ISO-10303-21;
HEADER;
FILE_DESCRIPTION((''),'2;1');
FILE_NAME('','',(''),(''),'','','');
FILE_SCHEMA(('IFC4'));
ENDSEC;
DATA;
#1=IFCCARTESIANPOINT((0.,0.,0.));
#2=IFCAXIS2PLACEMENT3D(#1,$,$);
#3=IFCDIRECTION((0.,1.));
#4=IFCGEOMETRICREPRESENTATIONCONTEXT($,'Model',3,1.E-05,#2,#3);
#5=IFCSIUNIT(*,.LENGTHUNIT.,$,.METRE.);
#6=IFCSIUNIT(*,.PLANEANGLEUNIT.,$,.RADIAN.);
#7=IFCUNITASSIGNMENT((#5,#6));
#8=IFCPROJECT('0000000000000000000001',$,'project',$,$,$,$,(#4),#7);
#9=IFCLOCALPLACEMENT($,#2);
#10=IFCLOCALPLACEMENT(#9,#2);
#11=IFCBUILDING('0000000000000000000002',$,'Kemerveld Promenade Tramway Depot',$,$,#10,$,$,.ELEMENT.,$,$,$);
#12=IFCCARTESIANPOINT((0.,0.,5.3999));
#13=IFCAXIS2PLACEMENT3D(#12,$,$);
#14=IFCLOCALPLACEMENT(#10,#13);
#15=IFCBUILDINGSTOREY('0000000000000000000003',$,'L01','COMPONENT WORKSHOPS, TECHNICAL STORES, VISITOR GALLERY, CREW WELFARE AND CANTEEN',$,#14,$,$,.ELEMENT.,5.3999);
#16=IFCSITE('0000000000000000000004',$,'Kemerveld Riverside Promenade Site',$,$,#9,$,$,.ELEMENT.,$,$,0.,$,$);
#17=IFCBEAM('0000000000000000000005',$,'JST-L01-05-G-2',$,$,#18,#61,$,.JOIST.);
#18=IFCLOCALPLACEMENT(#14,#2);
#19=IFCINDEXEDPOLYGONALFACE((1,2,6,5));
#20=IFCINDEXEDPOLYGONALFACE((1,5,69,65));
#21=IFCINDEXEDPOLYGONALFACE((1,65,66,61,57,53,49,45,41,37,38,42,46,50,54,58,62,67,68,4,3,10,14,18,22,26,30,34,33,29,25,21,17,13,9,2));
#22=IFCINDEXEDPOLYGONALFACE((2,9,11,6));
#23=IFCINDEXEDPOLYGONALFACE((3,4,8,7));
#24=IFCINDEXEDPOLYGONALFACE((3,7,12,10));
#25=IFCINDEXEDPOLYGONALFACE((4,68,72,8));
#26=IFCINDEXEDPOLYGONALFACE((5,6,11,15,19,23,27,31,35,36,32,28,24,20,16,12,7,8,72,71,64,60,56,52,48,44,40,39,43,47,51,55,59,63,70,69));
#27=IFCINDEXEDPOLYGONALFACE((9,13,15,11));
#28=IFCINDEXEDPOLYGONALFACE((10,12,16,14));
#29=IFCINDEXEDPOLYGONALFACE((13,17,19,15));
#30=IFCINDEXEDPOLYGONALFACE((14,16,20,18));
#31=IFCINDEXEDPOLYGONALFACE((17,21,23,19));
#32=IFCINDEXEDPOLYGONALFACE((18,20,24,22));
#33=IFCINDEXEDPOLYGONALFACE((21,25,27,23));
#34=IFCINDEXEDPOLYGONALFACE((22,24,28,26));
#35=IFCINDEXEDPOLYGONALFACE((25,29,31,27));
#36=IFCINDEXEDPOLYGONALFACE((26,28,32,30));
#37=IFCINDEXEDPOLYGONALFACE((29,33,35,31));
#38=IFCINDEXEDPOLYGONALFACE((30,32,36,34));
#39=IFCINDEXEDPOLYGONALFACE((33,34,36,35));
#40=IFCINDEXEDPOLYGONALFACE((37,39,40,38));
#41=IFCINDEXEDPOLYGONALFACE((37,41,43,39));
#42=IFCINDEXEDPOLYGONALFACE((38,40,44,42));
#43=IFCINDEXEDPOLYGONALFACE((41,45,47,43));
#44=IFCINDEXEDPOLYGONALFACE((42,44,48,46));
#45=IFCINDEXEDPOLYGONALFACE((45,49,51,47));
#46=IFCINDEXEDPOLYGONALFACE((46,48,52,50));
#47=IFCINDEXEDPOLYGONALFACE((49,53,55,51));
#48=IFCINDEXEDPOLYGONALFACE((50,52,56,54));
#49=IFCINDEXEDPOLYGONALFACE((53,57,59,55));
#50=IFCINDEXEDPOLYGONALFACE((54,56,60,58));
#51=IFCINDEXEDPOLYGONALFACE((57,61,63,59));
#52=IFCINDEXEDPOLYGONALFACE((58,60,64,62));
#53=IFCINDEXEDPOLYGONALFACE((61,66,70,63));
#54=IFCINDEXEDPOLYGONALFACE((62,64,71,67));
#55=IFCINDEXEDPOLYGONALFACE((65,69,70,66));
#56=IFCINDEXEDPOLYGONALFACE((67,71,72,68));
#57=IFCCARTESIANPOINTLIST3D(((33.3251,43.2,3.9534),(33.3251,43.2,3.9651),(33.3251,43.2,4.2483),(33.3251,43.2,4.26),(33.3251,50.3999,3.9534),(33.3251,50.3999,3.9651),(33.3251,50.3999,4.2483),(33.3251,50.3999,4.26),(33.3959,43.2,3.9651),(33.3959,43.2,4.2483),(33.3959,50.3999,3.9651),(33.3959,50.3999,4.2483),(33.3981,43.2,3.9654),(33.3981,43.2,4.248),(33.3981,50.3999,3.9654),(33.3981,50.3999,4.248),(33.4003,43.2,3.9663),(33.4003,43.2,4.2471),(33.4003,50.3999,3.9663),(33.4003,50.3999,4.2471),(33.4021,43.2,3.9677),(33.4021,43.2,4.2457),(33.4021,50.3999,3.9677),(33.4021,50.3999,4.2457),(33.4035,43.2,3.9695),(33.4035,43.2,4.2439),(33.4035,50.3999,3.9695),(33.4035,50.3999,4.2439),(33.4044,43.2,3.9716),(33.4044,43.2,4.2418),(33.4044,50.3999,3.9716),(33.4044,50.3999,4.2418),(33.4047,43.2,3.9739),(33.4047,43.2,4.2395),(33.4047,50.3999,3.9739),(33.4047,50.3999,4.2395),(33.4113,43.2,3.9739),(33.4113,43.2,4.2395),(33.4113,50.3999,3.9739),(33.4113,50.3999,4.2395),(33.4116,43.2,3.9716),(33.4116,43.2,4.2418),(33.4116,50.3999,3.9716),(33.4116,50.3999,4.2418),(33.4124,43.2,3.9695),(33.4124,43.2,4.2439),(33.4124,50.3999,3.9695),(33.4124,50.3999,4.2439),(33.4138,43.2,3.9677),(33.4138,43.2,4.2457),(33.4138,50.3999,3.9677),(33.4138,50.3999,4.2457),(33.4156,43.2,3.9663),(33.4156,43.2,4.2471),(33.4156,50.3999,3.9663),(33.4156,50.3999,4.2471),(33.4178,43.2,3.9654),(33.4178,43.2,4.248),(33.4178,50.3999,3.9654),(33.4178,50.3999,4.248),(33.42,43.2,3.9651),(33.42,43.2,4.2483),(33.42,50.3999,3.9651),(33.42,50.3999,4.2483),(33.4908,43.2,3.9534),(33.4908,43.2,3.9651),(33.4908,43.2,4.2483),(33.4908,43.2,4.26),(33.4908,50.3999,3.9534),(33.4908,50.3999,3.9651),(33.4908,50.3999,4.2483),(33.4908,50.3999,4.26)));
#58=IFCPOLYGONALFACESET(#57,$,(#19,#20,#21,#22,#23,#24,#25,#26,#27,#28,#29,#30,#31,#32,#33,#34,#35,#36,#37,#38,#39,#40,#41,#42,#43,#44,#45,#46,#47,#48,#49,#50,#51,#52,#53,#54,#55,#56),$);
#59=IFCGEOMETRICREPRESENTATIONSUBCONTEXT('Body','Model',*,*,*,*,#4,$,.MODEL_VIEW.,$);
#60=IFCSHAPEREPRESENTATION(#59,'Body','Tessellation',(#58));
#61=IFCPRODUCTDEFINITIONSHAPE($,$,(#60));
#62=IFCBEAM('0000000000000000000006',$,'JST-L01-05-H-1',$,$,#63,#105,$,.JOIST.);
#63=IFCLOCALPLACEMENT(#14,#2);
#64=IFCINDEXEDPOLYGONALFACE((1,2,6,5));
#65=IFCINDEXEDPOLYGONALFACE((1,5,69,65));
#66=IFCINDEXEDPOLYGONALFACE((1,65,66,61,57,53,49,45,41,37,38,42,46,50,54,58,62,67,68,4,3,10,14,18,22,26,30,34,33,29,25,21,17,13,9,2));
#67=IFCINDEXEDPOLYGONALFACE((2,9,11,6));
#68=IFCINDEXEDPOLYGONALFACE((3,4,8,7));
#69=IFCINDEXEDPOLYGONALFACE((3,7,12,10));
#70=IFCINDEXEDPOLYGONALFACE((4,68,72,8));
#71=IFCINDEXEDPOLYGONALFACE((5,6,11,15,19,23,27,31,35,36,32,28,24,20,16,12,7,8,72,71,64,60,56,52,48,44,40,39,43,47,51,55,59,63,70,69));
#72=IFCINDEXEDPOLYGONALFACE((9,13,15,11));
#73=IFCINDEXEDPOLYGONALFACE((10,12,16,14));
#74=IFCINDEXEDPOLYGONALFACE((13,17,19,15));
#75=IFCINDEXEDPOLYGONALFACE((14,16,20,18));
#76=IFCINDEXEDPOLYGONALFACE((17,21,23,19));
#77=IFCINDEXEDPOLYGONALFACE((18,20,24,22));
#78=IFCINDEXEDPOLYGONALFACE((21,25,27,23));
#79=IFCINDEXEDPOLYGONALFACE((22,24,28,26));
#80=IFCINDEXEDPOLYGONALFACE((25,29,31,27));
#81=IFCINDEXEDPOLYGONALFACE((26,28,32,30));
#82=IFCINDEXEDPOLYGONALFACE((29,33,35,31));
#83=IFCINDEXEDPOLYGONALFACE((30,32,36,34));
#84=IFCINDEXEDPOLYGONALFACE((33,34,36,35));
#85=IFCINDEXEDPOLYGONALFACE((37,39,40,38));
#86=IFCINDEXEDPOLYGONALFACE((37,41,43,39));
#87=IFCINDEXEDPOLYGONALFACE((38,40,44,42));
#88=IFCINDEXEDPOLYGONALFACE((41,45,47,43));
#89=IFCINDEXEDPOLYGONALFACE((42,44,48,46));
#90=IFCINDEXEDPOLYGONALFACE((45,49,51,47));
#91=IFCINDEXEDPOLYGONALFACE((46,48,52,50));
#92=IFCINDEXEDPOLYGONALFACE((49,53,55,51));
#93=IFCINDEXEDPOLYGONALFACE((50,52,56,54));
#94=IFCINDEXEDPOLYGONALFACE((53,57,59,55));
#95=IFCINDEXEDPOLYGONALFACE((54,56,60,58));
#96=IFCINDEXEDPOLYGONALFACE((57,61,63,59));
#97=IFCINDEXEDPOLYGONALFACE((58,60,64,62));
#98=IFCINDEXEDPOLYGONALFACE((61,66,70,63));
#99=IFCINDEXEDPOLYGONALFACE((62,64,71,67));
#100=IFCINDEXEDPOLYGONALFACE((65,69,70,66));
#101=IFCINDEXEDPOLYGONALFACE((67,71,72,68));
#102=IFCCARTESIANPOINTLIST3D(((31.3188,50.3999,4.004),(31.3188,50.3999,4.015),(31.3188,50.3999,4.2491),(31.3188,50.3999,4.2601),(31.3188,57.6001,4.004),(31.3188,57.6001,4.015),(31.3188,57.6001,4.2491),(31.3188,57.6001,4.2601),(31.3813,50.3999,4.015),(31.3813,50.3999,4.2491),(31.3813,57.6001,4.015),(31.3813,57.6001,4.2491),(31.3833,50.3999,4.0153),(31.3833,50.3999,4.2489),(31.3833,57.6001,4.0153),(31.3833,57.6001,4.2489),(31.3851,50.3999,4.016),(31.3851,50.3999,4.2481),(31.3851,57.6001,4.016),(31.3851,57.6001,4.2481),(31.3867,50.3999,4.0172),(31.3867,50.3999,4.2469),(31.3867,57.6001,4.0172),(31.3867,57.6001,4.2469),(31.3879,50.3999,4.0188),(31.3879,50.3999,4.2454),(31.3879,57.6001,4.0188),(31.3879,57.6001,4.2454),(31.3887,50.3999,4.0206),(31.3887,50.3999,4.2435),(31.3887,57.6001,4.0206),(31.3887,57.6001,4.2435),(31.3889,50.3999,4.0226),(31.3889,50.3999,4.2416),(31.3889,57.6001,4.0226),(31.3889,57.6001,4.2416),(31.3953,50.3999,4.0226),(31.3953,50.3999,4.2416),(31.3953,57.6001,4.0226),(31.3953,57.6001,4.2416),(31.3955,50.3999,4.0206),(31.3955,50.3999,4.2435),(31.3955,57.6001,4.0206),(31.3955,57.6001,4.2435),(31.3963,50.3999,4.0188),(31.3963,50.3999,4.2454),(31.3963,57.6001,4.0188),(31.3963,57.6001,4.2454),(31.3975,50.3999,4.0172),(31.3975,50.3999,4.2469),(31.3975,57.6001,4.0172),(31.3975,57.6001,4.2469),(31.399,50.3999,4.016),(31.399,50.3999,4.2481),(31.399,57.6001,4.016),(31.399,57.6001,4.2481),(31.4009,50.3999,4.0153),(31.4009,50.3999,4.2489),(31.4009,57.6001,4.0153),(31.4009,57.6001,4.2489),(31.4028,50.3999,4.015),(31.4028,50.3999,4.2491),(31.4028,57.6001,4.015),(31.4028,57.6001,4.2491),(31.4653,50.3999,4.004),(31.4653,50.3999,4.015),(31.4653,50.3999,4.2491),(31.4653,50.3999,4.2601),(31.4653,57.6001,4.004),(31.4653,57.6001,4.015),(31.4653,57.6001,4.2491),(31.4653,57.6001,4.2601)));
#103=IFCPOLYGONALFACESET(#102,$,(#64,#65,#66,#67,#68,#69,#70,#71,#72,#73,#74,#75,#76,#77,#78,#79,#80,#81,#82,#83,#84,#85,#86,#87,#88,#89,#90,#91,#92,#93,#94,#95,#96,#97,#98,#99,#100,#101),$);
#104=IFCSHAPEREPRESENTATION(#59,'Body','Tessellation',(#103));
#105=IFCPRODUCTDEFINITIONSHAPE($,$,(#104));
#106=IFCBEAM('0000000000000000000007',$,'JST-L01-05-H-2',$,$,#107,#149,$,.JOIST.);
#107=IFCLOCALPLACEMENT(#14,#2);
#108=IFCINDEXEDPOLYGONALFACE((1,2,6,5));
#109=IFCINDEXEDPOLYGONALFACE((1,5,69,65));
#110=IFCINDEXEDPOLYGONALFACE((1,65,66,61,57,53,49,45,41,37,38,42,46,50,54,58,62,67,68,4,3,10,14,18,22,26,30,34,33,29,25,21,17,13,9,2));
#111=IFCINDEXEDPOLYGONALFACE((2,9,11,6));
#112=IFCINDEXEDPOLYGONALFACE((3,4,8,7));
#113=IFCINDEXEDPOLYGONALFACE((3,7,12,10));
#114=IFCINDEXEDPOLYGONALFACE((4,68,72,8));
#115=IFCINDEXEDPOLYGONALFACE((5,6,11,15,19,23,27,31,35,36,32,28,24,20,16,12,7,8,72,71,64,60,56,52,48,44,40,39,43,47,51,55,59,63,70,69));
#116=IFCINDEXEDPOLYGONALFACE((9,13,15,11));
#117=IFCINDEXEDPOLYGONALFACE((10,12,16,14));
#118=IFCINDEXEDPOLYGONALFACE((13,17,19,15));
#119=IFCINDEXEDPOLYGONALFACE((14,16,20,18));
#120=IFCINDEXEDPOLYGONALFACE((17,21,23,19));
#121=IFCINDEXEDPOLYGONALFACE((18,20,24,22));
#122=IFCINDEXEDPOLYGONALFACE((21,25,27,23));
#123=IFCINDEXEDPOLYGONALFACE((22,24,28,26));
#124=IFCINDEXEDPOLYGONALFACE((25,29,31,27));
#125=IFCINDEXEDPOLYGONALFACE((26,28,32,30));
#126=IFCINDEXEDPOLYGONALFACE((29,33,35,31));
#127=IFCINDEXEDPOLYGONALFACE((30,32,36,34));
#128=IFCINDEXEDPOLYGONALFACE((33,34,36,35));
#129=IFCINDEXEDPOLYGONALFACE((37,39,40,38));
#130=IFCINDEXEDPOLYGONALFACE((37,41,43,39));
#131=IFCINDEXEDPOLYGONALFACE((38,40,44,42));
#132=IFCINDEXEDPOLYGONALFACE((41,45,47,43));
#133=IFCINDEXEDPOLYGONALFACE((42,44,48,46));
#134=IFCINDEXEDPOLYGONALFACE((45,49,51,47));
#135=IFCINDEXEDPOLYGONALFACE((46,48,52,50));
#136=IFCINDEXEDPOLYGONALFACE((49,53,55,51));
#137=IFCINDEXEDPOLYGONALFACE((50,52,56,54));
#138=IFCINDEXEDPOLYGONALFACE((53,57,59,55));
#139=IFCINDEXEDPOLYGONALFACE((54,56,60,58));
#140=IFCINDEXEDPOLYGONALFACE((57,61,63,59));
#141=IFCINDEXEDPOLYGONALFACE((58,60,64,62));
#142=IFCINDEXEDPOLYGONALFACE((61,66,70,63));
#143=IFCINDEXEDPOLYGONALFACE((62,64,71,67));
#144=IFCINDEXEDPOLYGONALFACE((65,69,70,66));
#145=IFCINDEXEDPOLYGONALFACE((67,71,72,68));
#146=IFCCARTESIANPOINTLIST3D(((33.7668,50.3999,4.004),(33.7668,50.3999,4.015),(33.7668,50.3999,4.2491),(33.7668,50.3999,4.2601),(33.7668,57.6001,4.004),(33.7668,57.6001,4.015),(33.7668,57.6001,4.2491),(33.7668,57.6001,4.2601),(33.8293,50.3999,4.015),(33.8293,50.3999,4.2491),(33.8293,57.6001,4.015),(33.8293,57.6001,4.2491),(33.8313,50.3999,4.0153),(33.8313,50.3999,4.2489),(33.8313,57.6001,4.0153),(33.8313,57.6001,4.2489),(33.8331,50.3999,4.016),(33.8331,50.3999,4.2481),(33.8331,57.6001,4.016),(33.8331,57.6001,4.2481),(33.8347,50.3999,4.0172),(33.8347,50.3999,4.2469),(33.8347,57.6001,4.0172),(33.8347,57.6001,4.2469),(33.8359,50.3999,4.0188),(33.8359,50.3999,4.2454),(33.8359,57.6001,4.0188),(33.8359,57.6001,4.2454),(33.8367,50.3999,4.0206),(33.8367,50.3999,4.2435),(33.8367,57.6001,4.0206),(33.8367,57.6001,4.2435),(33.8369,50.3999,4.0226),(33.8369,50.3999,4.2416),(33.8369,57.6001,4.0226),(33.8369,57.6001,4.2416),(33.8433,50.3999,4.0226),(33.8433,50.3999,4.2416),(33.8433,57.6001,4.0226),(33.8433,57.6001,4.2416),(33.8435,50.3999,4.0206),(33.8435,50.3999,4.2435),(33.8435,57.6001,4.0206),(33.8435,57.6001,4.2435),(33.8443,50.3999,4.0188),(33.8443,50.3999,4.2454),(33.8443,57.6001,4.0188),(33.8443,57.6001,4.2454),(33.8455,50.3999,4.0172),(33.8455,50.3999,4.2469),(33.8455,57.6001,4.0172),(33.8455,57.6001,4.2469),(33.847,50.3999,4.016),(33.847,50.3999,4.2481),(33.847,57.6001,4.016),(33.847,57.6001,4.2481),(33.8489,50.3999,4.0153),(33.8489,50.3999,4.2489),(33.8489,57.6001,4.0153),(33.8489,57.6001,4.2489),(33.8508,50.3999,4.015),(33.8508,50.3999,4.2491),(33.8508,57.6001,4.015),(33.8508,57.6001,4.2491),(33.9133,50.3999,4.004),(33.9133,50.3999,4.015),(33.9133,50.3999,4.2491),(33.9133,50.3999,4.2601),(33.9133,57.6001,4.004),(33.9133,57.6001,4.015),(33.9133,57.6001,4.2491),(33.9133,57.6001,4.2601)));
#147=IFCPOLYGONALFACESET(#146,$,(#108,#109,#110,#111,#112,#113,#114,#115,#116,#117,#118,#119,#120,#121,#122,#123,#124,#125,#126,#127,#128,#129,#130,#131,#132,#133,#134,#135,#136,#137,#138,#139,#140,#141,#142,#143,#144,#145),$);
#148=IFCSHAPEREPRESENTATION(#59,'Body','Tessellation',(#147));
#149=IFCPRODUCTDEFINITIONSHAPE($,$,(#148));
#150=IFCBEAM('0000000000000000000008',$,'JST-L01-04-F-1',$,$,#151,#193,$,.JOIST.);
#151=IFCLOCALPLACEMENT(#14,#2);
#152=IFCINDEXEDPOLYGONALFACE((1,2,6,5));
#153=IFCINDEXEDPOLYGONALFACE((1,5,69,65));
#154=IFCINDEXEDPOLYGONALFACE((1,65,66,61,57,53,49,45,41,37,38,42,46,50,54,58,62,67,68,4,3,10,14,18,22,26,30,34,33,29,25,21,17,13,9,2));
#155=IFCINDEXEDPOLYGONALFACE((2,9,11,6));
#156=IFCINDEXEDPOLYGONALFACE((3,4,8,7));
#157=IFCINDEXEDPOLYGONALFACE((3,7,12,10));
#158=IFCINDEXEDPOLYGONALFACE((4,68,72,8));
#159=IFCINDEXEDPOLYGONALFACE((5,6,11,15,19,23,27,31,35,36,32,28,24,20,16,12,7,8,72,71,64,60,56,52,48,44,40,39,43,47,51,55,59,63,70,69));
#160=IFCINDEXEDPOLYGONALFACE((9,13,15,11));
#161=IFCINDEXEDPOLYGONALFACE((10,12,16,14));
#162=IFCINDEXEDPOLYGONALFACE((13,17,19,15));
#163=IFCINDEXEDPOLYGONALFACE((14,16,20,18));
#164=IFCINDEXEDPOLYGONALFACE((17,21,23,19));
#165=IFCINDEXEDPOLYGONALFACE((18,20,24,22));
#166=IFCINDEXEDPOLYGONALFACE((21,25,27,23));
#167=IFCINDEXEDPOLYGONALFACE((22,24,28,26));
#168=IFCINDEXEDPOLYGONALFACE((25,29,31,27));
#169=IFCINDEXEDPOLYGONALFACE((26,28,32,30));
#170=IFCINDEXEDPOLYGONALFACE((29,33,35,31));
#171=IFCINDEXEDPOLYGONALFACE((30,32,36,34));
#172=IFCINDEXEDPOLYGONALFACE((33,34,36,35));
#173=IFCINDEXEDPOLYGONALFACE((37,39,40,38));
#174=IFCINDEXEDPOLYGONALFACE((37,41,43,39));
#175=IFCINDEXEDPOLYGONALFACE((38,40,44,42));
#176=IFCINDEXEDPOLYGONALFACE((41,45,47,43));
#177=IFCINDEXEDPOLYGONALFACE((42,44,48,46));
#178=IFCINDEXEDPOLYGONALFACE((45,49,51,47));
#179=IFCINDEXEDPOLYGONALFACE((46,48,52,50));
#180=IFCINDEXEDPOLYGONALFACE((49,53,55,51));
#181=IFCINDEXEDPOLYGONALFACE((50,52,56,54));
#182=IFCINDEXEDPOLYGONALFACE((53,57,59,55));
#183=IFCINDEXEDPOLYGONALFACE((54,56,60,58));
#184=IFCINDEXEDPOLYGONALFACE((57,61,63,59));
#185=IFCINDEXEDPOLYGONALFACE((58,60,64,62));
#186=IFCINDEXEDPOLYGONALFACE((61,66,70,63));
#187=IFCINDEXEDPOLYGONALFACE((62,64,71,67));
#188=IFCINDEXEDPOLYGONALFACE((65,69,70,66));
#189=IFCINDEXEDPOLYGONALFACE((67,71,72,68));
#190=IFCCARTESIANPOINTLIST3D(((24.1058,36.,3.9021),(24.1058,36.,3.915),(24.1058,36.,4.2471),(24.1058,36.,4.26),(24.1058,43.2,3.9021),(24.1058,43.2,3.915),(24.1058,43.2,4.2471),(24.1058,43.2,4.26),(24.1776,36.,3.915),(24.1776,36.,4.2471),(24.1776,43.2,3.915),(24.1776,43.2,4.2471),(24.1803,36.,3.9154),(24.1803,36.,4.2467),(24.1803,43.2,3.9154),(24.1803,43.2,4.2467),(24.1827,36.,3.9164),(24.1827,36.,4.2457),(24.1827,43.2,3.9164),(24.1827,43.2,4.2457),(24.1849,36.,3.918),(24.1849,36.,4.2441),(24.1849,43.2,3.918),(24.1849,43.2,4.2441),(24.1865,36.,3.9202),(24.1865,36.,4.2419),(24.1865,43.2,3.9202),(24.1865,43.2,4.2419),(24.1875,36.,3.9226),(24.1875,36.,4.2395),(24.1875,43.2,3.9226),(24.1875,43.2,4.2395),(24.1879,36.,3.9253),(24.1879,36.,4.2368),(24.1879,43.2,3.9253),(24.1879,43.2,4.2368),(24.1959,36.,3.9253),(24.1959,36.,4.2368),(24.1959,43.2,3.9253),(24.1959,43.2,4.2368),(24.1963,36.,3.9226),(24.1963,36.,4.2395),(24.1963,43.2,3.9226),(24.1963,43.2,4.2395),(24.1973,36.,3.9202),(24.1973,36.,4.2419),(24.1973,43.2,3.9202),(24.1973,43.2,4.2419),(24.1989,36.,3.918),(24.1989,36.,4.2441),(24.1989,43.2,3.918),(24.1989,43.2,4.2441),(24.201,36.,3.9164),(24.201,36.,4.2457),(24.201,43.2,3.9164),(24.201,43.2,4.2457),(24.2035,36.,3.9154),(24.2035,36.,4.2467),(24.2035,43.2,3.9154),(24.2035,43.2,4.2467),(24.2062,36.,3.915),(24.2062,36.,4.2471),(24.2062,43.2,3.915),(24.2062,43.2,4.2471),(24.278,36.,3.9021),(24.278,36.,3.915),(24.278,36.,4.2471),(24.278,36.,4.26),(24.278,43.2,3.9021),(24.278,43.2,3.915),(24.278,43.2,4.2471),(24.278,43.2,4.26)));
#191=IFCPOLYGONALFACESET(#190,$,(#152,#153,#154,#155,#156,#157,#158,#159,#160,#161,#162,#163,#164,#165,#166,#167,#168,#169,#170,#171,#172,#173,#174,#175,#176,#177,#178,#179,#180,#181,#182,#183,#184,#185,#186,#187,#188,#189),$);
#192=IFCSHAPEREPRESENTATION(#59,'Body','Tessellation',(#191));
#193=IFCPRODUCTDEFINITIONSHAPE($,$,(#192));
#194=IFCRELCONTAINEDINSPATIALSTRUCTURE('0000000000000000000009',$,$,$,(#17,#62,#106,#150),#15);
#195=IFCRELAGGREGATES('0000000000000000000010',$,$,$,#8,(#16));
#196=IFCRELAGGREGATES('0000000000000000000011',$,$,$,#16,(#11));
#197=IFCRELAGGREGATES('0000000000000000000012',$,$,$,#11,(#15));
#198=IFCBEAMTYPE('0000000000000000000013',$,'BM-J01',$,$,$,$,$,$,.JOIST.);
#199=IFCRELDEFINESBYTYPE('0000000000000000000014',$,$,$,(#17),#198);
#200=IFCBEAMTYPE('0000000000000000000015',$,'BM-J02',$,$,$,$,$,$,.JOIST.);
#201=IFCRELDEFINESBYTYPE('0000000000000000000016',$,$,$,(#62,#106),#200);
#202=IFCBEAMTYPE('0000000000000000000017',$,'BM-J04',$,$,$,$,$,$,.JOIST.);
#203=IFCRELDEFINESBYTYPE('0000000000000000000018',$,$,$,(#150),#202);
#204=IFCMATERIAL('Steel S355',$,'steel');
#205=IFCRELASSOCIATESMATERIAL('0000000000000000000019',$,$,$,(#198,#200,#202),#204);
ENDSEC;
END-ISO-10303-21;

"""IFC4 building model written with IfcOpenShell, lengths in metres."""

from ifc_helpers import new_model, si_unit, direction, frame, origin, origin_2d, place, context, subcontext, project, spatial, i_section, extrude, material, material_profile, profile_set, type_object, element, save


model = new_model("IFC4")

# Units and contexts
model_context = context("Model", 3, precision=1e-05, world=origin(), true_north=direction((0.0, 1.0)))
body_context = subcontext(model_context, "Body", "Model", "MODEL_VIEW")
ifc_project = project(units=[si_unit("LENGTHUNIT", "METRE"), si_unit("PLANEANGLEUNIT", "RADIAN")], contexts=[model_context])

# Site, building, storey
site_placement = place(None, origin())
site = spatial("IfcSite", under=ifc_project, at=site_placement, Name="Kemerveld Riverside Promenade Site", CompositionType="ELEMENT", RefElevation=0.0)
building_placement = place(site_placement, origin())
building = spatial("IfcBuilding", under=site, at=building_placement, Name="Kemerveld Promenade Tramway Depot", CompositionType="ELEMENT")
storey_placement = place(building_placement, frame((0.0, 0.0, 5.3999)))
storey = spatial("IfcBuildingStorey", under=building, at=storey_placement, Name="L01", Description="COMPONENT WORKSHOPS, TECHNICAL STORES, VISITOR GALLERY, CREW WELFARE AND CANTEEN", CompositionType="ELEMENT", Elevation=5.3999)

# Shared definitions
ifc_material_1 = material(Name="Steel S355", Category="steel")

# Beams
ifc_material_profile_1 = material_profile(ifc_material_1, i_section(OverallWidth=0.1658, OverallDepth=0.3066, WebThickness=0.0066, FlangeThickness=0.0117, FilletRadius=0.0088, at=origin_2d()), Name="305x165x46 UB")
ifc_profile_set_1 = profile_set([ifc_material_profile_1], Name="Steel S355")
beam_type_1 = type_object("IfcBeamType", Name="BM-J01", PredefinedType="JOIST", material=ifc_profile_set_1)
for number, where, z_axis, x_axis, name in (
    (1, (33.408, 43.2, 4.1067), (0.0, 1.0, 0.0), (-1.0, 0.0, 0.0), "JST-L01-05-G-2"),
):
    element("IfcBeam", number, at=place(storey_placement, frame(where, z_axis=z_axis, x_axis=x_axis)), inside=storey, type_object=beam_type_1, Name=name, PredefinedType="JOIST", context=body_context, shape_type="SweptSolid", body=[
        extrude(i_section(OverallWidth=0.1658, OverallDepth=0.3066, WebThickness=0.0066, FlangeThickness=0.0117, FilletRadius=0.0088, at=origin_2d()), origin(), (0.0, 0.0, 1.0), 7.2),
    ])
ifc_material_profile_2 = material_profile(ifc_material_1, i_section(OverallWidth=0.1465, OverallDepth=0.2561, WebThickness=0.0063, FlangeThickness=0.011, FilletRadius=0.0076, at=origin_2d()), Name="254x146x37 UB")
ifc_profile_set_2 = profile_set([ifc_material_profile_2], Name="Steel S355")
beam_type_2 = type_object("IfcBeamType", Name="BM-J02", PredefinedType="JOIST", material=ifc_profile_set_2)
for number, where, z_axis, x_axis, name in (
    (2, (31.3921, 50.3999, 4.1321), (0.0, 1.0, 0.0), (-1.0, 0.0, 0.0), "JST-L01-05-H-1"),
    (3, (33.8401, 50.3999, 4.1321), (0.0, 1.0, 0.0), (-1.0, 0.0, 0.0), "JST-L01-05-H-2"),
):
    element("IfcBeam", number, at=place(storey_placement, frame(where, z_axis=z_axis, x_axis=x_axis)), inside=storey, type_object=beam_type_2, Name=name, PredefinedType="JOIST", context=body_context, shape_type="SweptSolid", body=[
        extrude(i_section(OverallWidth=0.1465, OverallDepth=0.2561, WebThickness=0.0063, FlangeThickness=0.011, FilletRadius=0.0076, at=origin_2d()), origin(), (0.0, 0.0, 1.0), 7.2002),
    ])
ifc_material_profile_3 = material_profile(ifc_material_1, i_section(OverallWidth=0.1721, OverallDepth=0.3579, WebThickness=0.0081, FlangeThickness=0.0129, FilletRadius=0.0103, at=origin_2d()), Name="356x171x57 UB")
ifc_profile_set_3 = profile_set([ifc_material_profile_3], Name="Steel S355")
beam_type_3 = type_object("IfcBeamType", Name="BM-J04", PredefinedType="JOIST", material=ifc_profile_set_3)
for number, where, z_axis, x_axis, name in (
    (4, (24.1919, 36.0, 4.0811), (0.0, 1.0, 0.0), (-1.0, 0.0, 0.0), "JST-L01-04-F-1"),
):
    element("IfcBeam", number, at=place(storey_placement, frame(where, z_axis=z_axis, x_axis=x_axis)), inside=storey, type_object=beam_type_3, Name=name, PredefinedType="JOIST", context=body_context, shape_type="SweptSolid", body=[
        extrude(i_section(OverallWidth=0.1721, OverallDepth=0.3579, WebThickness=0.0081, FlangeThickness=0.0129, FilletRadius=0.0103, at=origin_2d()), origin(), (0.0, 0.0, 1.0), 7.2),
    ])

save(model, "model.ifc")
